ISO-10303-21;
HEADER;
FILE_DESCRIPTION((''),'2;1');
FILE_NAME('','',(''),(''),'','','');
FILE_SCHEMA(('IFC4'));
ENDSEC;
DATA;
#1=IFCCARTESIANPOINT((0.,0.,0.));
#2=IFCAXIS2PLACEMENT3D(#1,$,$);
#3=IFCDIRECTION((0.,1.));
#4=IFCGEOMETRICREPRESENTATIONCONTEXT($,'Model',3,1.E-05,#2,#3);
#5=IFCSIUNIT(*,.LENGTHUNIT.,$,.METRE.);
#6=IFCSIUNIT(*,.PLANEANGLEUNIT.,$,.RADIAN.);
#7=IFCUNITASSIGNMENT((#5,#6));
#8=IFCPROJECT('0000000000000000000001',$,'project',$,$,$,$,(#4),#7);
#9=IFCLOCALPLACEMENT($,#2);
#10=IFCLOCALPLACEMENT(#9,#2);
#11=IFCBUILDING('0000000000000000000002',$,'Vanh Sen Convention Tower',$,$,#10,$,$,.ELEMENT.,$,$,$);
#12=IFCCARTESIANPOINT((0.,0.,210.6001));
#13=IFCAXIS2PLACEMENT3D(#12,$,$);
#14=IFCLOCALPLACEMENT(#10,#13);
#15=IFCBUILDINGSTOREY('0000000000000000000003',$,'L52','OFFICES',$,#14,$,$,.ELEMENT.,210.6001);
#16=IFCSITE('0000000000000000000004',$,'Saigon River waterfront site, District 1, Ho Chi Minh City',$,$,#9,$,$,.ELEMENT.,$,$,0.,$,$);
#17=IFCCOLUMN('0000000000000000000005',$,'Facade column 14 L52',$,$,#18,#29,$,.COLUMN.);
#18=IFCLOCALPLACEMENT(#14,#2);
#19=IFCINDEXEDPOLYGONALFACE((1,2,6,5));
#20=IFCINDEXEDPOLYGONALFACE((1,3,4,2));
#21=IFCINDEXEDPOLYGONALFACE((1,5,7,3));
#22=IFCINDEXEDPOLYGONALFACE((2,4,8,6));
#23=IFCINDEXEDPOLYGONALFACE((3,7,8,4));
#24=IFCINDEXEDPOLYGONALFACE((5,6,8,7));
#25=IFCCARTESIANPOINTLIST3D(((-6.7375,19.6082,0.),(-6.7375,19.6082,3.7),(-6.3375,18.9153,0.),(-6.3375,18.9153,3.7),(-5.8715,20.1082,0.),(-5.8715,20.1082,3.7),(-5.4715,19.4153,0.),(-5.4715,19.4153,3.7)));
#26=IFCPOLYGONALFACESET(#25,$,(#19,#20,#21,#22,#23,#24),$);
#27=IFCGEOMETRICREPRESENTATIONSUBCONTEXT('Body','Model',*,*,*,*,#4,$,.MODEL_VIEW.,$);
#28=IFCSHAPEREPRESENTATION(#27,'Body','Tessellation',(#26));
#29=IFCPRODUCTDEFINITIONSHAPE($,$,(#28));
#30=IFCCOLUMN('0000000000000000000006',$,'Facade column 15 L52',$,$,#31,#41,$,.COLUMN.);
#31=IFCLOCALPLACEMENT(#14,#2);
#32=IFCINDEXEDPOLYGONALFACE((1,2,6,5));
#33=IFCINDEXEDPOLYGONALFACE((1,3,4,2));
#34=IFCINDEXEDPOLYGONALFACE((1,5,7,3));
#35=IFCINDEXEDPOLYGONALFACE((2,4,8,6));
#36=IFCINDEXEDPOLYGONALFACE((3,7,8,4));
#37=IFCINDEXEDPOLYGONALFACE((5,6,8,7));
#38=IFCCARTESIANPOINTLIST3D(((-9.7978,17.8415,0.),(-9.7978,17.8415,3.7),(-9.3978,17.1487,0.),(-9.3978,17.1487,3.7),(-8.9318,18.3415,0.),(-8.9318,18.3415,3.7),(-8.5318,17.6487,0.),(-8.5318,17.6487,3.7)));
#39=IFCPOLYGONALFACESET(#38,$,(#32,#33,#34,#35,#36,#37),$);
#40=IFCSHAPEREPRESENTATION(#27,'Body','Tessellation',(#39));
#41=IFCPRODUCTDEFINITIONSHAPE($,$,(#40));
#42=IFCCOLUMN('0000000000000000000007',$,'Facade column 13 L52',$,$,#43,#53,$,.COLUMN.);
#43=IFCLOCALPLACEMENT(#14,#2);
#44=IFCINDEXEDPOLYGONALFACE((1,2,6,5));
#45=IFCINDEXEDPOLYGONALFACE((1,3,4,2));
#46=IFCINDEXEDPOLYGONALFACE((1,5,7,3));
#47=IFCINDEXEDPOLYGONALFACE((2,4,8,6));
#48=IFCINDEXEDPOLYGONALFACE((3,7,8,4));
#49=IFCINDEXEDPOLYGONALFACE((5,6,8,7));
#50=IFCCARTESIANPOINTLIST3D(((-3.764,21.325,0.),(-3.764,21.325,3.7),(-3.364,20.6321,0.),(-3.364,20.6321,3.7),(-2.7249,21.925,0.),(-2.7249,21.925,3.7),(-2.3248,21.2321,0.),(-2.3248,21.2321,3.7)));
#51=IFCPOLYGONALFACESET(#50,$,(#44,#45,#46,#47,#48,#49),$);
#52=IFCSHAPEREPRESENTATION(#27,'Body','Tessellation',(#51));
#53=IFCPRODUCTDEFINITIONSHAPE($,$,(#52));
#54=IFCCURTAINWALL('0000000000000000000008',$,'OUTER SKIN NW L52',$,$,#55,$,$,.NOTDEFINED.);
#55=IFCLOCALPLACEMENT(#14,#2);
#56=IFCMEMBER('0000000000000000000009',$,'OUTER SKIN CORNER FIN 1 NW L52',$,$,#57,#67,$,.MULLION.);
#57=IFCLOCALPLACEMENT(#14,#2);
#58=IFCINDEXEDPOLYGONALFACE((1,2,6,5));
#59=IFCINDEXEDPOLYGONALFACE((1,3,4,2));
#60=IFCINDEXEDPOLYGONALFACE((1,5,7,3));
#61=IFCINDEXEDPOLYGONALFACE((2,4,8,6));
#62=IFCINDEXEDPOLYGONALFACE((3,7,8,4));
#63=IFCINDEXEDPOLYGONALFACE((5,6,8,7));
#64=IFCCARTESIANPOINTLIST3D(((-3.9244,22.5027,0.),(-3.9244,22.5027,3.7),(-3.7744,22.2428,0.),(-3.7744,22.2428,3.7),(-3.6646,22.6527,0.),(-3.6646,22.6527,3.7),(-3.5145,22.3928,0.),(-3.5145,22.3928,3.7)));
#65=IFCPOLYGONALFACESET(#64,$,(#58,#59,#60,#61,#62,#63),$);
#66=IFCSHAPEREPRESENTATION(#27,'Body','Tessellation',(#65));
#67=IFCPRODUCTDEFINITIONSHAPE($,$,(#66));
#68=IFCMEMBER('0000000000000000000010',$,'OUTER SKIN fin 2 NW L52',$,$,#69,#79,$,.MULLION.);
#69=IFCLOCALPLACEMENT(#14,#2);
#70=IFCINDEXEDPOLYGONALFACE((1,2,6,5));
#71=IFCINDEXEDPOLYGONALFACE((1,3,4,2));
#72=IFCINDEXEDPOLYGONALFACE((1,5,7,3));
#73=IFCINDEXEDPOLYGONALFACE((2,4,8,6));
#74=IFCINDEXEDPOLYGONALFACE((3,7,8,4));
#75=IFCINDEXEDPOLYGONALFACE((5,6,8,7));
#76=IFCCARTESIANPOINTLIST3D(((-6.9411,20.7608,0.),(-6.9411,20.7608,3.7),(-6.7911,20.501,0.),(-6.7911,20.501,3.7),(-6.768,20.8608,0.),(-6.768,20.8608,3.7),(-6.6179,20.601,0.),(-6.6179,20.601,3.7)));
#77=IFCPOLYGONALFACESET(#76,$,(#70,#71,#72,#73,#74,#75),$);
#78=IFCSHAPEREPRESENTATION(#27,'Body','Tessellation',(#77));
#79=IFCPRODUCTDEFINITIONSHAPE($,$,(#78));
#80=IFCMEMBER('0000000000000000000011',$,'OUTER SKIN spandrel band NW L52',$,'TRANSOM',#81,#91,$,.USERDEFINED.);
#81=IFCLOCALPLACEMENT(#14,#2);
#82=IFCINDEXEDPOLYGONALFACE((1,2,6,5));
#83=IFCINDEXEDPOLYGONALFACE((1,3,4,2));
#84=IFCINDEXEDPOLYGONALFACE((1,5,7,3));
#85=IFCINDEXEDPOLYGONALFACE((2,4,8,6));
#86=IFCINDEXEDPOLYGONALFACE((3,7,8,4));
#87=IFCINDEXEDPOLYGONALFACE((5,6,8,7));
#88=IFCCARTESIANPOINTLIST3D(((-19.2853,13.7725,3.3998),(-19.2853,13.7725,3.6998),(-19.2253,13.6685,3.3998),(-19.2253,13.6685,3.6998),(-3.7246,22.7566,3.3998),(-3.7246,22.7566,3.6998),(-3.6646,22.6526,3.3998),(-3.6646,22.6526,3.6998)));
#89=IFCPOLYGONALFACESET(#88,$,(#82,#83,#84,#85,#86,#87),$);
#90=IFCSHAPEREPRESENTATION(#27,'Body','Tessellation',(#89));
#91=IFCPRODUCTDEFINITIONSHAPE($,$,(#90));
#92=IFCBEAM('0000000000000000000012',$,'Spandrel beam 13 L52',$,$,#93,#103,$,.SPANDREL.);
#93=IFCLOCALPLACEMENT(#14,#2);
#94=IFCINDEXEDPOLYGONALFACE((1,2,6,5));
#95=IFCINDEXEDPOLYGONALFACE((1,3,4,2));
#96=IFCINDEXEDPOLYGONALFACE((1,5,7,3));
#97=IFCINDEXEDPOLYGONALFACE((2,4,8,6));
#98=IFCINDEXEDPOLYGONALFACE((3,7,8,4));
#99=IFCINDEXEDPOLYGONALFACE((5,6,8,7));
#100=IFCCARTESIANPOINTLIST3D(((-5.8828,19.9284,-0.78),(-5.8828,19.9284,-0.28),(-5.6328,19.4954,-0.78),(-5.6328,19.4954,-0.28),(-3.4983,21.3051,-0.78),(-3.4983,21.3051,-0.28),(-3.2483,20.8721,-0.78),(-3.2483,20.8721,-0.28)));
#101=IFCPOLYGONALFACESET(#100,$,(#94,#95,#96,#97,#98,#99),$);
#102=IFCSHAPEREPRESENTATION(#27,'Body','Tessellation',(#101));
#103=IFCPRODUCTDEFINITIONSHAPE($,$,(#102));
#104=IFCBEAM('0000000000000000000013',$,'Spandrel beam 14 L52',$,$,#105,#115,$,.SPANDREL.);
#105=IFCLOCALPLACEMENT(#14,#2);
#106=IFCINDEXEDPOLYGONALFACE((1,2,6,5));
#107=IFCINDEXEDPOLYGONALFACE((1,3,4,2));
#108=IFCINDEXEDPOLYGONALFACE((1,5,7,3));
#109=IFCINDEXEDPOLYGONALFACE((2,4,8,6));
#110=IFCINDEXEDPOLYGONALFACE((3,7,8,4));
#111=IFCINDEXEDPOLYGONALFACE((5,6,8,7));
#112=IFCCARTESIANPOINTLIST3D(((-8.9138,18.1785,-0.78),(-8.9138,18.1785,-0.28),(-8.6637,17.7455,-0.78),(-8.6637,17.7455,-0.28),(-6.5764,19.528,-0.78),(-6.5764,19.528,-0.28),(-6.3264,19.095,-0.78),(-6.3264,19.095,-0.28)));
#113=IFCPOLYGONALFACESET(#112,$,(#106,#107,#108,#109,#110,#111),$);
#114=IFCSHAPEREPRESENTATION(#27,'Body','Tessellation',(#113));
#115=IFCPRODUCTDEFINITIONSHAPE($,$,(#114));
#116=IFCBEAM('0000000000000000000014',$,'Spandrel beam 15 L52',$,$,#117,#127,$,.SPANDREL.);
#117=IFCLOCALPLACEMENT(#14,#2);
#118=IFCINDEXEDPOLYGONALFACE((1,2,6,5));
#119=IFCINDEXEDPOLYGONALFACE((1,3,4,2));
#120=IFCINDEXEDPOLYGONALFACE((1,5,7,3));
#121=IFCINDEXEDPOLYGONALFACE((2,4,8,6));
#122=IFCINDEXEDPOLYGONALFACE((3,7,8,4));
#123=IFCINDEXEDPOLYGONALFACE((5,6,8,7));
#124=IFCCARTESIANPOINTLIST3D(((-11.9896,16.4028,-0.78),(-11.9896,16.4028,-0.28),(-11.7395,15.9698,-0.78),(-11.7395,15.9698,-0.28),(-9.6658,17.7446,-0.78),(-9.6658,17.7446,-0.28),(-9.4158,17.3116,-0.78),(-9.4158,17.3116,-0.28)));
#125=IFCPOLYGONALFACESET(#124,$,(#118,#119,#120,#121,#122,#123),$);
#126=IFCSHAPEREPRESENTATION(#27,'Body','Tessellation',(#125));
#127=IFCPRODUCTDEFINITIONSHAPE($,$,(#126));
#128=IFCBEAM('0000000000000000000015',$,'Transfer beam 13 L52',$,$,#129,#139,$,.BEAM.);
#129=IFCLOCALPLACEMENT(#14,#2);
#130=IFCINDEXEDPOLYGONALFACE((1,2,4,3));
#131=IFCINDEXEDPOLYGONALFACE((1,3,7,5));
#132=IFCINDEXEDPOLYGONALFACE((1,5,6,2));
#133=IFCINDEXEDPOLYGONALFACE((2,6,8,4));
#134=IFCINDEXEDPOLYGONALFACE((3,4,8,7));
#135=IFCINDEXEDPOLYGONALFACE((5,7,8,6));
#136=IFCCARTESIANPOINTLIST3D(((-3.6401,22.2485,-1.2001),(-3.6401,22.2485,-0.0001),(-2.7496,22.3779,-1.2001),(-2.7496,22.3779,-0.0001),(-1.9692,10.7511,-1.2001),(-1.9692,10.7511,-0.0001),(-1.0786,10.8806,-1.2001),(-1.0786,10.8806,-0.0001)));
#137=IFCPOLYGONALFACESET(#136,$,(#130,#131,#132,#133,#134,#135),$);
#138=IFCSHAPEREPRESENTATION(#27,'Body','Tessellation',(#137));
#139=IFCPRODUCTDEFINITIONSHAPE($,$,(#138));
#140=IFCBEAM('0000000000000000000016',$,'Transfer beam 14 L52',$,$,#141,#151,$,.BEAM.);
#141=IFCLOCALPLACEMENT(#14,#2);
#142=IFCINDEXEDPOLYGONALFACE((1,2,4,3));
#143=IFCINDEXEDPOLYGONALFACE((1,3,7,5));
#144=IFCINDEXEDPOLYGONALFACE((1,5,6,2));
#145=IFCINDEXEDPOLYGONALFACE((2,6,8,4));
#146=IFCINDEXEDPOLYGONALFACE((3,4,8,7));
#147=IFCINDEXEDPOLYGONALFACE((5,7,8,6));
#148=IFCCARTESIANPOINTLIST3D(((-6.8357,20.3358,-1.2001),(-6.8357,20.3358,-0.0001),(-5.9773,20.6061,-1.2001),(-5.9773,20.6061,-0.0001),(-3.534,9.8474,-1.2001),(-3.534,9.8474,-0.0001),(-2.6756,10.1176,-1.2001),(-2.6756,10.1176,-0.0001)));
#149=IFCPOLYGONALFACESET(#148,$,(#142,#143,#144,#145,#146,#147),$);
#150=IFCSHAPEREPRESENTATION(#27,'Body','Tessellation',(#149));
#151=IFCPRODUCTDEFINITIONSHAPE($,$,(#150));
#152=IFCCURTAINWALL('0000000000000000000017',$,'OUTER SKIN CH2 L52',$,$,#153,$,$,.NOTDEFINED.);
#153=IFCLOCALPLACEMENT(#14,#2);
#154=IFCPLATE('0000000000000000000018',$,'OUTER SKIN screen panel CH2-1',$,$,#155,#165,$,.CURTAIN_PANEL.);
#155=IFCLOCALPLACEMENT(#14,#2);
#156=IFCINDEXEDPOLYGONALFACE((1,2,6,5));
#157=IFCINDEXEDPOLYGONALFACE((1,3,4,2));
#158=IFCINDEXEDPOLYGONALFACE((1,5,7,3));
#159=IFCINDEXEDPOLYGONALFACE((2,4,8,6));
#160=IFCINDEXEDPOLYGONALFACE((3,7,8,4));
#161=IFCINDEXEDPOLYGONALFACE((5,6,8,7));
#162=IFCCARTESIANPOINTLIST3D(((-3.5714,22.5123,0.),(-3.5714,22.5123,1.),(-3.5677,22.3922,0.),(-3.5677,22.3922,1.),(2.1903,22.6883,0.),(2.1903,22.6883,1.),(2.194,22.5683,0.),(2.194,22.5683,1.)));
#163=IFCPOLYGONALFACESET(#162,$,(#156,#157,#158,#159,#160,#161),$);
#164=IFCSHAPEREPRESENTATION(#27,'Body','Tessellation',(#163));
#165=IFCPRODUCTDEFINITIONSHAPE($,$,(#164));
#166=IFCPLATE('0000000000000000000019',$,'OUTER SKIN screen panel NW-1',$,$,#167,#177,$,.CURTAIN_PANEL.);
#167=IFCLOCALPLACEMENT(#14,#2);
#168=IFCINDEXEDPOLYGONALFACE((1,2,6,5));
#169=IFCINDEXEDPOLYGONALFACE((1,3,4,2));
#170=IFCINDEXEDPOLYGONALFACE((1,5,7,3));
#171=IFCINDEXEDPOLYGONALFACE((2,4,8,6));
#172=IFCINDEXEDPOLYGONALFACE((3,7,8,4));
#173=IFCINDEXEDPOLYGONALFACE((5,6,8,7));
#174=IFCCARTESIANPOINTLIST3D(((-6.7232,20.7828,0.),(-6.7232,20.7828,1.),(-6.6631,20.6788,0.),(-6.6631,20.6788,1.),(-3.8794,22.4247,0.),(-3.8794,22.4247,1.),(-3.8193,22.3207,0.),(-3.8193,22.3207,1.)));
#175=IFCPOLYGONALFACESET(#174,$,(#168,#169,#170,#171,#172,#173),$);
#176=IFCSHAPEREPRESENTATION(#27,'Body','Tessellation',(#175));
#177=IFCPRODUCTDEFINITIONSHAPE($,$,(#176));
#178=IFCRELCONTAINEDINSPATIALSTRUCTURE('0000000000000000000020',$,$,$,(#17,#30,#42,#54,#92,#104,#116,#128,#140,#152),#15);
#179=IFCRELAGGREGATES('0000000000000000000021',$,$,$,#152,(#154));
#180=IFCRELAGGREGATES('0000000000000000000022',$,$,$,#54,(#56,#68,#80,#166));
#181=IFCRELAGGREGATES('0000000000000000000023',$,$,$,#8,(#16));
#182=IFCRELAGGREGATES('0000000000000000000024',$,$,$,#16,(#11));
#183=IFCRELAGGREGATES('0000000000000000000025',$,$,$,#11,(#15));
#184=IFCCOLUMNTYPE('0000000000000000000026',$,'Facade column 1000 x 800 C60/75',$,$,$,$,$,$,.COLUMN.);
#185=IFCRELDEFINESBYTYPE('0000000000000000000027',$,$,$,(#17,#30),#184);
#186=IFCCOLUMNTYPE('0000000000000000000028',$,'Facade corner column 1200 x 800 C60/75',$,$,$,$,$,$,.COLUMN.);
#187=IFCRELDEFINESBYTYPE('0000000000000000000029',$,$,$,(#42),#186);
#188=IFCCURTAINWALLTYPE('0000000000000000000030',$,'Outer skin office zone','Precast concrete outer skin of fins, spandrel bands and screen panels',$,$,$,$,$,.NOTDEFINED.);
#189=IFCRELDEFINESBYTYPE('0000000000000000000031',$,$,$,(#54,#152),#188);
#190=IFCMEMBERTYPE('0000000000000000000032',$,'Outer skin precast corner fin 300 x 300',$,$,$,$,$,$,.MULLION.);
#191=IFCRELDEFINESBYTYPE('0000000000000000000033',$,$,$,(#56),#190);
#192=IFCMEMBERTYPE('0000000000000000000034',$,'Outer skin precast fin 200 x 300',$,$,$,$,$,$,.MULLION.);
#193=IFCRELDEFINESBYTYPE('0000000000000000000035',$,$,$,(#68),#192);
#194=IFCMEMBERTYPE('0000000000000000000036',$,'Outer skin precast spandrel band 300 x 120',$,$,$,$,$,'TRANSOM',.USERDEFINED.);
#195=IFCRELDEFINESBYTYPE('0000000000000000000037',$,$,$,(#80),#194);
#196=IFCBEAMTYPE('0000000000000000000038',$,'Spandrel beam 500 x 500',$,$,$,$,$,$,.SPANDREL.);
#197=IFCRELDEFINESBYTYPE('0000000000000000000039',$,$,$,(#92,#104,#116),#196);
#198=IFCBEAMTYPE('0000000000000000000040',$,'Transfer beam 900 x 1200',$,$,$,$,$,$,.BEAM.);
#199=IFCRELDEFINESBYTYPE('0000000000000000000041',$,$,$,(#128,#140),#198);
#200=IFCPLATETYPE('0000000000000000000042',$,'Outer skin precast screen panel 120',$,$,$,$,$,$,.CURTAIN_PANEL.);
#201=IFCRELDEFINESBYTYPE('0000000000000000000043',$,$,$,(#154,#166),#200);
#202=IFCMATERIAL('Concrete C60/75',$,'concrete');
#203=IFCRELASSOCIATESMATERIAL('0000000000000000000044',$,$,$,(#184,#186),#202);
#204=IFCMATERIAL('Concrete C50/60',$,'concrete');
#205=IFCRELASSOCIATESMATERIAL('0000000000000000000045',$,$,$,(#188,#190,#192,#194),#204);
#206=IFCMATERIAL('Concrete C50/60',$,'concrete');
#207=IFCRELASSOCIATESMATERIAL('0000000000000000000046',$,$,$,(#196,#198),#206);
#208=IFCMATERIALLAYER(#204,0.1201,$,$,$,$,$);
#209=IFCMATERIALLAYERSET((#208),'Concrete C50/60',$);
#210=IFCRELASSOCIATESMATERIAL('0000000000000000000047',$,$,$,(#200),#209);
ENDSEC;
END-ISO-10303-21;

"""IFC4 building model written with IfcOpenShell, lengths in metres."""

from ifc_helpers import new_model, si_unit, direction, frame, origin, origin_2d, place, context, subcontext, project, spatial, rectangle, extrude, material, layer, layer_set, material_profile, profile_set, type_object, element, aggregate, save


model = new_model("IFC4")

# Units and contexts
model_context = context("Model", 3, precision=1e-05, world=origin(), true_north=direction((0.0, 1.0)))
body_context = subcontext(model_context, "Body", "Model", "MODEL_VIEW")
ifc_project = project(units=[si_unit("LENGTHUNIT", "METRE"), si_unit("PLANEANGLEUNIT", "RADIAN")], contexts=[model_context])

# Site, building, storey
site_placement = place(None, origin())
site = spatial("IfcSite", under=ifc_project, at=site_placement, Name="Saigon River waterfront site, District 1, Ho Chi Minh City", CompositionType="ELEMENT", RefElevation=0.0)
building_placement = place(site_placement, origin())
building = spatial("IfcBuilding", under=site, at=building_placement, Name="Vanh Sen Convention Tower", CompositionType="ELEMENT")
storey_placement = place(building_placement, frame((0.0, 0.0, 210.6001)))
storey = spatial("IfcBuildingStorey", under=building, at=storey_placement, Name="L52", Description="OFFICES", CompositionType="ELEMENT", Elevation=210.6001)

# Columns
ifc_material_1 = material(Name="Concrete C60/75", Category="concrete")
ifc_material_profile_1 = material_profile(ifc_material_1, rectangle(XDim=1.0, YDim=0.8, at=origin_2d()), Name="RC 1000X800")
ifc_profile_set_1 = profile_set([ifc_material_profile_1], Name="Concrete C60/75")
column_type_1 = type_object("IfcColumnType", Name="Facade column 1000 x 800 C60/75", PredefinedType="COLUMN", material=ifc_profile_set_1)
for number, where, z_axis, x_axis, name in (
    (1, (-6.1045, 19.5117, 0.0), (0.0, 0.0, 1.0), (-0.866025, -0.5, 0.0), "Facade column 14 L52"),
    (2, (-9.1648, 17.7451, 0.0), (0.0, 0.0, 1.0), (-0.866025, -0.5, 0.0), "Facade column 15 L52"),
):
    element("IfcColumn", number, at=place(storey_placement, frame(where, z_axis=z_axis, x_axis=x_axis)), inside=storey, type_object=column_type_1, Name=name, PredefinedType="COLUMN", context=body_context, shape_type="SweptSolid", body=[
        extrude(rectangle(XDim=1.0, YDim=0.8, at=origin_2d()), origin(), (0.0, 0.0, 1.0), 3.7),
    ])
ifc_material_profile_2 = material_profile(ifc_material_1, rectangle(XDim=1.2, YDim=0.8, at=origin_2d()), Name="RC 1200X800")
ifc_profile_set_2 = profile_set([ifc_material_profile_2], Name="Concrete C60/75")
column_type_2 = type_object("IfcColumnType", Name="Facade corner column 1200 x 800 C60/75", PredefinedType="COLUMN", material=ifc_profile_set_2)
column_placement = place(storey_placement, frame((-3.0444, 21.2786, 0.0), z_axis=(0.0, 0.0, 1.0), x_axis=(-0.866025, -0.5, 0.0)))
element("IfcColumn", 3, at=column_placement, inside=storey, type_object=column_type_2, Name="Facade column 13 L52", PredefinedType="COLUMN", context=body_context, shape_type="SweptSolid", body=[
    extrude(rectangle(XDim=1.2, YDim=0.8, at=origin_2d()), origin(), (0.0, 0.0, 1.0), 3.7),
])

# Curtain wall, members
ifc_material_2 = material(Name="Concrete C50/60", Category="concrete")
curtain_wall_type = type_object("IfcCurtainWallType", Name="Outer skin office zone", Description="Precast concrete outer skin of fins, spandrel bands and screen panels", PredefinedType="NOTDEFINED", material=ifc_material_2)
curtain_wall_1_placement = place(storey_placement, origin())
curtain_wall_1 = element("IfcCurtainWall", 4, at=curtain_wall_1_placement, inside=storey, type_object=curtain_wall_type, Name="OUTER SKIN NW L52", PredefinedType="NOTDEFINED")
ifc_material_profile_3 = material_profile(ifc_material_2, rectangle(XDim=0.3, YDim=0.3, at=origin_2d()), Name="Outer skin precast corner fin 300 x 300")
ifc_profile_set_3 = profile_set([ifc_material_profile_3], Name="Concrete C50/60")
member_type_1 = type_object("IfcMemberType", Name="Outer skin precast corner fin 300 x 300", PredefinedType="MULLION", material=ifc_profile_set_3)
member_1_placement = place(storey_placement, frame((-3.7195, 22.4478, 0.0), z_axis=(0.0, 0.0, 1.0), x_axis=(-0.866025, -0.5, 0.0)))
member_1 = element("IfcMember", 5, at=member_1_placement, type_object=member_type_1, Name="OUTER SKIN CORNER FIN 1 NW L52", PredefinedType="MULLION", context=body_context, shape_type="SweptSolid", body=[
    extrude(rectangle(XDim=0.3, YDim=0.3, at=origin_2d()), origin(), (0.0, 0.0, 1.0), 3.7),
])
ifc_material_profile_4 = material_profile(ifc_material_2, rectangle(XDim=0.2, YDim=0.3, at=origin_2d()), Name="Outer skin precast fin 200 x 300")
ifc_profile_set_4 = profile_set([ifc_material_profile_4], Name="Concrete C50/60")
member_type_2 = type_object("IfcMemberType", Name="Outer skin precast fin 200 x 300", PredefinedType="MULLION", material=ifc_profile_set_4)
member_2_placement = place(storey_placement, frame((-6.7795, 20.6809, 0.0), z_axis=(0.0, 0.0, 1.0), x_axis=(-0.866025, -0.5, 0.0)))
member_2 = element("IfcMember", 6, at=member_2_placement, type_object=member_type_2, Name="OUTER SKIN fin 2 NW L52", PredefinedType="MULLION", context=body_context, shape_type="SweptSolid", body=[
    extrude(rectangle(XDim=0.2, YDim=0.3, at=origin_2d()), origin(), (0.0, 0.0, 1.0), 3.7),
])
ifc_material_profile_5 = material_profile(ifc_material_2, rectangle(XDim=0.1201, YDim=0.3, at=origin_2d()), Name="Outer skin precast spandrel band 300 x 120")
ifc_profile_set_5 = profile_set([ifc_material_profile_5], Name="Concrete C50/60")
member_type_3 = type_object("IfcMemberType", Name="Outer skin precast spandrel band 300 x 120", ElementType="TRANSOM", PredefinedType="USERDEFINED", material=ifc_profile_set_5)
member_3_placement = place(storey_placement, frame((-3.6946, 22.7046, 3.5498), z_axis=(-0.866023, -0.500004, 0.0), x_axis=(0.500004, -0.866023, 0.0)))
member_3 = element("IfcMember", 7, at=member_3_placement, type_object=member_type_3, Name="OUTER SKIN spandrel band NW L52", ObjectType="TRANSOM", PredefinedType="USERDEFINED", context=body_context, shape_type="SweptSolid", body=[
    extrude(rectangle(XDim=0.1201, YDim=0.3, at=origin_2d()), origin(), (0.0, 0.0, 1.0), 17.968),
])

# Beams
ifc_material_3 = material(Name="Concrete C50/60", Category="concrete")
ifc_material_profile_6 = material_profile(ifc_material_3, rectangle(XDim=0.5, YDim=0.5, at=origin_2d()), Name="RC 500X500")
ifc_profile_set_6 = profile_set([ifc_material_profile_6], Name="Concrete C50/60")
beam_type_1 = type_object("IfcBeamType", Name="Spandrel beam 500 x 500", PredefinedType="SPANDREL", material=ifc_profile_set_6)
beam_1_placement = place(storey_placement, frame((-3.3733, 21.0886, -0.53), z_axis=(-0.866025, -0.500001, 0.0), x_axis=(0.500001, -0.866025, 0.0)))
element("IfcBeam", 8, at=beam_1_placement, inside=storey, type_object=beam_type_1, Name="Spandrel beam 13 L52", PredefinedType="SPANDREL", context=body_context, shape_type="SweptSolid", body=[
    extrude(rectangle(XDim=0.5, YDim=0.5, at=origin_2d()), origin(), (0.0, 0.0, 1.0), 2.7534),
])
beam_2_placement = place(storey_placement, frame((-6.4514, 19.3115, -0.53), z_axis=(-0.866008, -0.50003, 0.0), x_axis=(0.50003, -0.866008, 0.0)))
element("IfcBeam", 9, at=beam_2_placement, inside=storey, type_object=beam_type_1, Name="Spandrel beam 14 L52", PredefinedType="SPANDREL", context=body_context, shape_type="SweptSolid", body=[
    extrude(rectangle(XDim=0.5, YDim=0.5, at=origin_2d()), origin(), (0.0, 0.0, 1.0), 2.699),
])
beam_3_placement = place(storey_placement, frame((-9.5408, 17.5281, -0.53), z_axis=(-0.865995, -0.500053, 0.0), x_axis=(0.500053, -0.865995, 0.0)))
element("IfcBeam", 10, at=beam_3_placement, inside=storey, type_object=beam_type_1, Name="Spandrel beam 15 L52", PredefinedType="SPANDREL", context=body_context, shape_type="SweptSolid", body=[
    extrude(rectangle(XDim=0.5, YDim=0.5, at=origin_2d()), origin(), (0.0, 0.0, 1.0), 2.6833),
])
ifc_material_profile_7 = material_profile(ifc_material_3, rectangle(XDim=0.8999, YDim=1.2, at=origin_2d()), Name="RC 900X1200")
ifc_profile_set_7 = profile_set([ifc_material_profile_7], Name="Concrete C50/60")
beam_type_2 = type_object("IfcBeamType", Name="Transfer beam 900 x 1200", PredefinedType="BEAM", material=ifc_profile_set_7)
beam_4_placement = place(storey_placement, frame((-3.1948, 22.3132, -0.6001), z_axis=(0.143819, -0.989604, 0.0), x_axis=(0.989604, 0.143819, 0.0)))
element("IfcBeam", 11, at=beam_4_placement, inside=storey, type_object=beam_type_2, Name="Transfer beam 13 L52", PredefinedType="BEAM", context=body_context, shape_type="SweptSolid", body=[
    extrude(rectangle(XDim=0.8999, YDim=1.2, at=origin_2d()), origin(), (0.0, 0.0, 1.0), 11.6182),
])
beam_5_placement = place(storey_placement, frame((-6.4065, 20.4709, -0.6001), z_axis=(0.300271, -0.953854, 0.0), x_axis=(0.953854, 0.300271, 0.0)))
element("IfcBeam", 12, at=beam_5_placement, inside=storey, type_object=beam_type_2, Name="Transfer beam 14 L52", PredefinedType="BEAM", context=body_context, shape_type="SweptSolid", body=[
    extrude(rectangle(XDim=0.8999, YDim=1.2, at=origin_2d()), origin(), (0.0, 0.0, 1.0), 10.9958),
])

# Curtain wall, plate
curtain_wall_2_placement = place(storey_placement, origin())
curtain_wall_2 = element("IfcCurtainWall", 13, at=curtain_wall_2_placement, inside=storey, type_object=curtain_wall_type, Name="OUTER SKIN CH2 L52", PredefinedType="NOTDEFINED")
ifc_layer_1 = layer(ifc_material_2, 0.1201)
ifc_layer_set_1 = layer_set([ifc_layer_1], Name="Concrete C50/60")
plate_type = type_object("IfcPlateType", Name="Outer skin precast screen panel 120", PredefinedType="CURTAIN_PANEL", material=ifc_layer_set_1)
plate_1_placement = place(storey_placement, frame((-0.6887, 22.5403, 0.0), z_axis=(0.0, 0.0, 1.0), x_axis=(-0.999533, -0.030544, 0.0)))
plate_1 = element("IfcPlate", 14, at=plate_1_placement, type_object=plate_type, Name="OUTER SKIN screen panel CH2-1", PredefinedType="CURTAIN_PANEL", context=body_context, shape_type="SweptSolid", body=[
    extrude(rectangle(XDim=5.7644, YDim=0.1201, at=origin_2d()), origin(), (0.0, 0.0, 1.0), 1.0),
])
aggregate(curtain_wall_2, [plate_1])

# Plate
plate_2_placement = place(storey_placement, frame((-5.2712, 21.5518, 0.0), z_axis=(0.0, 0.0, 1.0), x_axis=(-0.866026, -0.499998, 0.0)))
plate_2 = element("IfcPlate", 15, at=plate_2_placement, type_object=plate_type, Name="OUTER SKIN screen panel NW-1", PredefinedType="CURTAIN_PANEL", context=body_context, shape_type="SweptSolid", body=[
    extrude(rectangle(XDim=3.2837, YDim=0.1201, at=origin_2d()), origin(), (0.0, 0.0, 1.0), 1.0),
])
aggregate(curtain_wall_1, [member_1, member_2, member_3, plate_2])

save(model, "model.ifc")
